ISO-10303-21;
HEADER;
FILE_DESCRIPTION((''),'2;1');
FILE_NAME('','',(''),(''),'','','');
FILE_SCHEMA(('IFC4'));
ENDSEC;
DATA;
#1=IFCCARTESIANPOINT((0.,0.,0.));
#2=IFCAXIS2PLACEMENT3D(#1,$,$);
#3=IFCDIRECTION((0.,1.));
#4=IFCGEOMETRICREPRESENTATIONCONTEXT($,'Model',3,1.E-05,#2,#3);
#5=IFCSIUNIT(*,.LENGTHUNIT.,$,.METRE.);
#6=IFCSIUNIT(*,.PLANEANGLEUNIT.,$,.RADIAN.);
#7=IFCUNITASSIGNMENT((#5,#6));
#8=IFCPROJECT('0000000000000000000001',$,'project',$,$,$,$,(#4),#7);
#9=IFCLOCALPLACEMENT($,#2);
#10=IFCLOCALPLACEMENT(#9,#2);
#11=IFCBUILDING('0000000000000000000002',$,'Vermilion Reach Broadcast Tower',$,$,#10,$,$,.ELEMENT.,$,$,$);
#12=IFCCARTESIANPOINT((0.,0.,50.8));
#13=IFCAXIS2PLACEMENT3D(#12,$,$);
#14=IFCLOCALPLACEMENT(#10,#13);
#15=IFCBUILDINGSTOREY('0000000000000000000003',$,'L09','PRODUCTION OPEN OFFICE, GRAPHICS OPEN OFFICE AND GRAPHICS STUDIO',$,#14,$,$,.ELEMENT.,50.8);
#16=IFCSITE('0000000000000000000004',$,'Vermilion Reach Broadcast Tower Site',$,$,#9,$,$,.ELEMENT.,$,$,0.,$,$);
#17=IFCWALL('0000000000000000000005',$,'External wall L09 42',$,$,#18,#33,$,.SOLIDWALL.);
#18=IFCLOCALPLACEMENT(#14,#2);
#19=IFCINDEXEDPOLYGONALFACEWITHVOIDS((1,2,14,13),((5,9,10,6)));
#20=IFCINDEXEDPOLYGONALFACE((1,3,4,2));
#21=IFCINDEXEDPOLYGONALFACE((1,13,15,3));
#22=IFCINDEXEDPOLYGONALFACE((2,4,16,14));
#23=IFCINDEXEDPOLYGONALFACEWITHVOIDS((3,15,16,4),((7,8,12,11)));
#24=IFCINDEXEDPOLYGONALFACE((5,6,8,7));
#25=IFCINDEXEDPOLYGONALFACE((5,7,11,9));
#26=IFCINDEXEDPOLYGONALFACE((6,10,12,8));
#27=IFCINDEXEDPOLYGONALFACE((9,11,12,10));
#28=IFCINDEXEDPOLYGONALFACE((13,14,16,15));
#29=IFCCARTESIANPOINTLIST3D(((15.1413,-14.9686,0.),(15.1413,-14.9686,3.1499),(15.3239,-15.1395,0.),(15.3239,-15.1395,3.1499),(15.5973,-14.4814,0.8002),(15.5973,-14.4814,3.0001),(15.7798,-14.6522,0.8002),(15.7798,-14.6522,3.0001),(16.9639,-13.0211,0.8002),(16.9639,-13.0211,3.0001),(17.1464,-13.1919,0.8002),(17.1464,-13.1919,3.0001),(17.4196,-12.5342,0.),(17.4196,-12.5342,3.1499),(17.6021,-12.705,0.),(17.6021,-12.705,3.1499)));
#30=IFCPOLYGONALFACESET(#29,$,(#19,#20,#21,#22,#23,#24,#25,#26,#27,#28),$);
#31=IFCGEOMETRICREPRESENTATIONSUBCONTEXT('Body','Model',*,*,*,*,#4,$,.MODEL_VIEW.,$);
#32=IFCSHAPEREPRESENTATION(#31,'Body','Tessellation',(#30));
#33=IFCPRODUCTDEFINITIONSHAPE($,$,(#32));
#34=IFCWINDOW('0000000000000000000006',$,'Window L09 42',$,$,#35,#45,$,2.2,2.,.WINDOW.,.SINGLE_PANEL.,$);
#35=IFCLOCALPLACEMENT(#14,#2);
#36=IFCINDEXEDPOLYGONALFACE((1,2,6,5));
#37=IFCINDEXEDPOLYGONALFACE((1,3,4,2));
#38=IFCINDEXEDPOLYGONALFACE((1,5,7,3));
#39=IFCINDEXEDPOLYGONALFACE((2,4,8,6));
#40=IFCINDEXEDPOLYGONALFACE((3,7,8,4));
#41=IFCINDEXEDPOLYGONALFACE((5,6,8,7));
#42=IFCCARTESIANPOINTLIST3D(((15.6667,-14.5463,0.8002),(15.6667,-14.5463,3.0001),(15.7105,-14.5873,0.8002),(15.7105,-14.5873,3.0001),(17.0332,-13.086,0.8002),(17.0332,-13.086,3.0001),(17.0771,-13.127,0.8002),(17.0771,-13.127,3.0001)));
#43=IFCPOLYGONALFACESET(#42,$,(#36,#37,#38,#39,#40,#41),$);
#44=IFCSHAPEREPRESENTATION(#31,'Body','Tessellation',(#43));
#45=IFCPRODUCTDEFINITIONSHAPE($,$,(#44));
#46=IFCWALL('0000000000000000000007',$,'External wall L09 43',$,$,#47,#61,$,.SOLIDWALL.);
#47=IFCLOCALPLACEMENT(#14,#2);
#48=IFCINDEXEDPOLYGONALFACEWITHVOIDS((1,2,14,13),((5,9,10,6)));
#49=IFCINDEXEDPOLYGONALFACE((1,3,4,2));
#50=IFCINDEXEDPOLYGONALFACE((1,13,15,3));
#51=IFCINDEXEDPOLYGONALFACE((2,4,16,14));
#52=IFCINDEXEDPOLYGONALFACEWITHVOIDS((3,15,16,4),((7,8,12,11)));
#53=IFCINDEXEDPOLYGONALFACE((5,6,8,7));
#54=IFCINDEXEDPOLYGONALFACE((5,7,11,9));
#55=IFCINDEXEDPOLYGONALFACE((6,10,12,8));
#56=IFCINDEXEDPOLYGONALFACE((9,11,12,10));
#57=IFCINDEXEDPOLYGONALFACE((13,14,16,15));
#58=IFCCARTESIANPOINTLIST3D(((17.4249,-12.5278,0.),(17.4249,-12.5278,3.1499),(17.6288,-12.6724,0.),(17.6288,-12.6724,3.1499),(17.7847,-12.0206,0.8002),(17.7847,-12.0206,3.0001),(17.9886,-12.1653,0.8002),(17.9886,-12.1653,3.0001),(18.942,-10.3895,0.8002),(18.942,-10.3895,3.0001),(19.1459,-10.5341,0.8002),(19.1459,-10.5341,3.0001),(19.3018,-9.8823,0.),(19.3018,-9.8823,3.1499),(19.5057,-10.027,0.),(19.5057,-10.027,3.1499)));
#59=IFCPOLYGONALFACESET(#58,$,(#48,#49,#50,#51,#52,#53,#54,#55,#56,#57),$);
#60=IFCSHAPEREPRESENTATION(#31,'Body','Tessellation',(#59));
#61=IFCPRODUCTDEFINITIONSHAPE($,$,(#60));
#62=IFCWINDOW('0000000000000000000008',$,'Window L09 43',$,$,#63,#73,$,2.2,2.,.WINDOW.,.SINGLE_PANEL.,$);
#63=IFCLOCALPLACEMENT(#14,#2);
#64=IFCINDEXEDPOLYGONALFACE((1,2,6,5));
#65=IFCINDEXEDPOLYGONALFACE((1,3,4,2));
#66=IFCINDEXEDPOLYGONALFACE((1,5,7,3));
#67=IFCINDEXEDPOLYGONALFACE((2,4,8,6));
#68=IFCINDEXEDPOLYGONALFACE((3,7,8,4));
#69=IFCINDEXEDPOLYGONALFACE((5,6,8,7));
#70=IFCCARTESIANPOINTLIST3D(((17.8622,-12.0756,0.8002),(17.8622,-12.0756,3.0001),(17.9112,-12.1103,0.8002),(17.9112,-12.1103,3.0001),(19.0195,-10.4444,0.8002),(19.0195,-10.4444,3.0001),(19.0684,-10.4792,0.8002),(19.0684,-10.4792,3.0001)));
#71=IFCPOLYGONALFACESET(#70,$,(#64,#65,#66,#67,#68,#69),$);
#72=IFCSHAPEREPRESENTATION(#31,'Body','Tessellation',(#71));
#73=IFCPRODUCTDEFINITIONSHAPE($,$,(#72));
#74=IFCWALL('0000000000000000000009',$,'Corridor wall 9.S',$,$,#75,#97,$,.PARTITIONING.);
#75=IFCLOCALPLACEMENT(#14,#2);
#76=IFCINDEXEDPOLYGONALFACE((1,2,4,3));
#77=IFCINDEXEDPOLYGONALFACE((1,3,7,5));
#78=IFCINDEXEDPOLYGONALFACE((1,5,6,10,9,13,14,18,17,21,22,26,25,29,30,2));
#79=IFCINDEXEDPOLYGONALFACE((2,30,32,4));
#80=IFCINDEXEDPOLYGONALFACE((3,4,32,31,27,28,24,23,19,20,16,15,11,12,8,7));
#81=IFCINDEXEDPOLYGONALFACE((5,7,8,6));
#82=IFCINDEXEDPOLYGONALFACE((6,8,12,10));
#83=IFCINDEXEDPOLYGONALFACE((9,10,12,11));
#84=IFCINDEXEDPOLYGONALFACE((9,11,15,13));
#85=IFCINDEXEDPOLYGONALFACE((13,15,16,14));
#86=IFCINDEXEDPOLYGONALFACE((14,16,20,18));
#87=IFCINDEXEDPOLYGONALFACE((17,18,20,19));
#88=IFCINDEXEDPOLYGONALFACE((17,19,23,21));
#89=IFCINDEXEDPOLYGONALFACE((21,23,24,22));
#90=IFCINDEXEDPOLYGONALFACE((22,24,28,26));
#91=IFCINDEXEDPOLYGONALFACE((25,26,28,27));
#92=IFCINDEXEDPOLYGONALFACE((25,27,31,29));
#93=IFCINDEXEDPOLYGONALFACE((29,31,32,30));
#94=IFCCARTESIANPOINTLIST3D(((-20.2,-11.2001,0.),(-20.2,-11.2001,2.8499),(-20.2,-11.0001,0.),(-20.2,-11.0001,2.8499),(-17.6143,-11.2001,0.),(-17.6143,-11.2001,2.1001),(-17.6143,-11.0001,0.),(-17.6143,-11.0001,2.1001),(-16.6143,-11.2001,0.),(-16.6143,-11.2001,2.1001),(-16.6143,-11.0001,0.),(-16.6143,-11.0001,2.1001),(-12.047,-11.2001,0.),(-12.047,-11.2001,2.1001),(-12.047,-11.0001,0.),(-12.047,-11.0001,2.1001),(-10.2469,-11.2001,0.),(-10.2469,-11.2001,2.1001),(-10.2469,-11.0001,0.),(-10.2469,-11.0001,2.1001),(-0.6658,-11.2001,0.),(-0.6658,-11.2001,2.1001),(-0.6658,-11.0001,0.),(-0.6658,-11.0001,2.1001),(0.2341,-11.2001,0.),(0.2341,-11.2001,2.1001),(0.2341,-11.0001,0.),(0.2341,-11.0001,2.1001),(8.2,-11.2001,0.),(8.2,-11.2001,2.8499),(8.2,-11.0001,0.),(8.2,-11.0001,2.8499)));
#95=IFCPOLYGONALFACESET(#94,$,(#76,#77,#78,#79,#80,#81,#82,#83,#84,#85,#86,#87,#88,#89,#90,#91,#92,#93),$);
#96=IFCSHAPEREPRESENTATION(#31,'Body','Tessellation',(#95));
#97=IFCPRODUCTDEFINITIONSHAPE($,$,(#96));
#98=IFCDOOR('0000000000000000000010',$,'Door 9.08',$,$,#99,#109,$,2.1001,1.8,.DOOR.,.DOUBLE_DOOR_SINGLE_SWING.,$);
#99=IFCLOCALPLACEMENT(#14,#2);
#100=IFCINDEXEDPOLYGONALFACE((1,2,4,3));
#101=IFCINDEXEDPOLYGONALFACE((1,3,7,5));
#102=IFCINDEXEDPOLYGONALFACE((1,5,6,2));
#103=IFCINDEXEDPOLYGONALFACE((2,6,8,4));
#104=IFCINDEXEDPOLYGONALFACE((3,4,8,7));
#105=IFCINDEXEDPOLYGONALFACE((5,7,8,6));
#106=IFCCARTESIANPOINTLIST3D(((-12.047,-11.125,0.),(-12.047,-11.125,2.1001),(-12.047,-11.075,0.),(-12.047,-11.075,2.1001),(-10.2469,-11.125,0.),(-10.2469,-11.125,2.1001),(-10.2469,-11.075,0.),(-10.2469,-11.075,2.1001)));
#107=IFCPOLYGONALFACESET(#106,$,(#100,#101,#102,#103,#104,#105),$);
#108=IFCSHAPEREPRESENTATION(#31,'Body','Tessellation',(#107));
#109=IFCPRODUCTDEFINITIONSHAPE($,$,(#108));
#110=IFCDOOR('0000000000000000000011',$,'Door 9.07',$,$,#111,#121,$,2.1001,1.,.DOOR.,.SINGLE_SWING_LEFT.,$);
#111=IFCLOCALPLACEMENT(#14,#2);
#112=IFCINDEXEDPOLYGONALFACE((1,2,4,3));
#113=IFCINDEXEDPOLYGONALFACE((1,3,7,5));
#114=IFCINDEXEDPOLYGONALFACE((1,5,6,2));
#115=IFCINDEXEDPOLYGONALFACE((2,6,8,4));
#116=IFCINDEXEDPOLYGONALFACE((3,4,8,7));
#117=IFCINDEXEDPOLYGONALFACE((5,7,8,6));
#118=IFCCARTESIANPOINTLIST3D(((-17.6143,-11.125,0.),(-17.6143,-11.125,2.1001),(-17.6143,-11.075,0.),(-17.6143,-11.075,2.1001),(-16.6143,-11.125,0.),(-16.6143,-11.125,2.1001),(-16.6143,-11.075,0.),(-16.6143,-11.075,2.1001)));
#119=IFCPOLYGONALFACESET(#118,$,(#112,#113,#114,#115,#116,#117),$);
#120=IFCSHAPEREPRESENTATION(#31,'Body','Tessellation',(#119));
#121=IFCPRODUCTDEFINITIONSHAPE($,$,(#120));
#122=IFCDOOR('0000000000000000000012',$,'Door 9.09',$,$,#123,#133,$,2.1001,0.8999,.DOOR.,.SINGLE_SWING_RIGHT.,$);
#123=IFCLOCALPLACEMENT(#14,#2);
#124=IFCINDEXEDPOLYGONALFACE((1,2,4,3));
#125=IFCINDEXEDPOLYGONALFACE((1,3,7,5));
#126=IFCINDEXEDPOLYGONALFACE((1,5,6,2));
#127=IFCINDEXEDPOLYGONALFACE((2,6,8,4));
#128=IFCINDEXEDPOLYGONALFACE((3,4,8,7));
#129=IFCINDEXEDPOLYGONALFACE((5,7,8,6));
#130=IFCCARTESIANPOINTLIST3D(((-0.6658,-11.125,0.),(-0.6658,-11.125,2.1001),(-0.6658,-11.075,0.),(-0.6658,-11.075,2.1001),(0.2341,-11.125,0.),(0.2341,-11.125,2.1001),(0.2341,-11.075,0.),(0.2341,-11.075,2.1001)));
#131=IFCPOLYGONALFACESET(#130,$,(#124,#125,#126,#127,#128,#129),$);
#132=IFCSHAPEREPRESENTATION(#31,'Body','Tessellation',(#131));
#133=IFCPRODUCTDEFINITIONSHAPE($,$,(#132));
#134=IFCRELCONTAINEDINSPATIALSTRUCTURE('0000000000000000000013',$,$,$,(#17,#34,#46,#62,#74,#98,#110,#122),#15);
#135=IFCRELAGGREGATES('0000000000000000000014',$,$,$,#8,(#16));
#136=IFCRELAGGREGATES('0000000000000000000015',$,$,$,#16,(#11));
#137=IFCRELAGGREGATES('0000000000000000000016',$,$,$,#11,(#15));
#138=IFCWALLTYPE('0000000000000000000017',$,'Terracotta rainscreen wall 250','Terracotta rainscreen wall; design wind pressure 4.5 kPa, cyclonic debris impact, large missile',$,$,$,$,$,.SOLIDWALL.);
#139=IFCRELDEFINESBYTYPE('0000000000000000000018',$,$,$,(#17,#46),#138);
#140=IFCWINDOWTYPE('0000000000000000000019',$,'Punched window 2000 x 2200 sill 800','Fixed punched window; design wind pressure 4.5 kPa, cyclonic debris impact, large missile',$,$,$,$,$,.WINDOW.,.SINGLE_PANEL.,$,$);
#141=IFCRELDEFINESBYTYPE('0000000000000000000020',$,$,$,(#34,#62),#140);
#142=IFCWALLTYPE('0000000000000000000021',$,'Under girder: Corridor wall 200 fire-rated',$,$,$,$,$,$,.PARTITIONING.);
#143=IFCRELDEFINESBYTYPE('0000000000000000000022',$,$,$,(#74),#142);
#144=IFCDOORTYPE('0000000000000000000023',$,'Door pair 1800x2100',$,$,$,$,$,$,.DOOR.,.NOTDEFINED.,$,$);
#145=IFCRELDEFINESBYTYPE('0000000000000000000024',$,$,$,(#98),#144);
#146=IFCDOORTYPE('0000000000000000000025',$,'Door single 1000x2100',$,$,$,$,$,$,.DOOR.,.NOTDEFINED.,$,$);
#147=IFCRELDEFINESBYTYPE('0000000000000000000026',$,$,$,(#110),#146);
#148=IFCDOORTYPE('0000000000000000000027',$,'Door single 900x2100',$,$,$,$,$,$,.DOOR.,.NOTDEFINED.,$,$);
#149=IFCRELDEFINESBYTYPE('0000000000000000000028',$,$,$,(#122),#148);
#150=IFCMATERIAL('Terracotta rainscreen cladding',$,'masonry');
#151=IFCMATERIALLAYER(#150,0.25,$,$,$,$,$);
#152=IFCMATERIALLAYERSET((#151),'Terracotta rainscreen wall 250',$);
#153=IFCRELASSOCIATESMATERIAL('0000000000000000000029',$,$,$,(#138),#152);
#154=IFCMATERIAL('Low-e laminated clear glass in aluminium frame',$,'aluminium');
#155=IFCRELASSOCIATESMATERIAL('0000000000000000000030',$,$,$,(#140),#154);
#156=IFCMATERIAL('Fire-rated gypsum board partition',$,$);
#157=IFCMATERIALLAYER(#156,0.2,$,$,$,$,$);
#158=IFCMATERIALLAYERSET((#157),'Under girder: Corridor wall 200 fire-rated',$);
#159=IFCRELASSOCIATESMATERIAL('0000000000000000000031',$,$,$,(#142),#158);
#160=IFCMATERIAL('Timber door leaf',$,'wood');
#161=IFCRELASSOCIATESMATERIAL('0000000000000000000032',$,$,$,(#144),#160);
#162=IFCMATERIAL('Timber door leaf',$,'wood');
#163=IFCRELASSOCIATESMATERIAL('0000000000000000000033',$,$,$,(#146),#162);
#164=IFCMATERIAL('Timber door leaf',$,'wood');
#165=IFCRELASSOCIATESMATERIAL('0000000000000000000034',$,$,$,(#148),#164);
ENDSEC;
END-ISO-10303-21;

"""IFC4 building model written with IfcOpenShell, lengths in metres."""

from ifc_helpers import new_model, si_unit, direction, frame, frame_2d, origin, place, context, subcontext, project, spatial, rectangle, extrude, material, layer, layer_set, type_object, element, fill, save


model = new_model("IFC4")

# Units and contexts
model_context = context("Model", 3, precision=1e-05, world=origin(), true_north=direction((0.0, 1.0)))
body_context = subcontext(model_context, "Body", "Model", "MODEL_VIEW")
ifc_project = project(units=[si_unit("LENGTHUNIT", "METRE"), si_unit("PLANEANGLEUNIT", "RADIAN")], contexts=[model_context])

# Site, building, storey
site_placement = place(None, origin())
site = spatial("IfcSite", under=ifc_project, at=site_placement, Name="Vermilion Reach Broadcast Tower Site", CompositionType="ELEMENT", RefElevation=0.0)
building_placement = place(site_placement, origin())
building = spatial("IfcBuilding", under=site, at=building_placement, Name="Vermilion Reach Broadcast Tower", CompositionType="ELEMENT")
storey_placement = place(building_placement, frame((0.0, 0.0, 50.8)))
storey = spatial("IfcBuildingStorey", under=building, at=storey_placement, Name="L09", Description="PRODUCTION OPEN OFFICE, GRAPHICS OPEN OFFICE AND GRAPHICS STUDIO", CompositionType="ELEMENT", Elevation=50.8)

# Shared definitions
ifc_material_1 = material(Name="Terracotta rainscreen cladding", Category="masonry")
ifc_layer_1 = layer(ifc_material_1, 0.25)
ifc_layer_set_1 = layer_set([ifc_layer_1], Name="Terracotta rainscreen wall 250")
wall_type_1 = type_object("IfcWallType", Name="Terracotta rainscreen wall 250", Description="Terracotta rainscreen wall; design wind pressure 4.5 kPa, cyclonic debris impact, large missile", PredefinedType="SOLIDWALL", material=ifc_layer_set_1)
ifc_material_2 = material(Name="Low-e laminated clear glass in aluminium frame", Category="aluminium")
window_type = type_object("IfcWindowType", Name="Punched window 2000 x 2200 sill 800", Description="Fixed punched window; design wind pressure 4.5 kPa, cyclonic debris impact, large missile", PartitioningType="SINGLE_PANEL", PredefinedType="WINDOW", material=ifc_material_2)

# Walls, openings, windows
wall_1_placement = place(storey_placement, frame((15.2327, -15.054, 0.0), z_axis=(0.0, 0.0, 1.0), x_axis=(0.683288, 0.730149, 0.0)))
wall_1 = element("IfcWall", 1, at=wall_1_placement, inside=storey, type_object=wall_type_1, Name="External wall L09 42", PredefinedType="SOLIDWALL", context=body_context, shape_type="SweptSolid", body=[
    extrude(rectangle(XDim=3.3342, YDim=0.25, at=frame_2d((1.667, 0.0))), origin(), (0.0, 0.0, 1.0), 3.1499),
])
opening_1_placement = place(wall_1_placement, frame((0.6672, 0.0, 0.8)))
opening_1 = element("IfcOpeningElement", 2, at=opening_1_placement, cuts=wall_1, PredefinedType="OPENING", context=body_context, shape_type="SweptSolid", body=[
    extrude(rectangle(XDim=2.0, YDim=2.2, at=frame_2d((1.0, 1.1001))), frame((0.0, 0.135, 0.0), z_axis=(0.0, -1.0, 0.0), x_axis=(1.0, 0.0, 0.0)), (0.0, 0.0, 1.0), 0.27),
])
window_1_placement = place(opening_1_placement, origin())
window_1 = element("IfcWindow", 3, at=window_1_placement, inside=storey, type_object=window_type, Name="Window L09 42", OverallHeight=2.2, OverallWidth=2.0, PartitioningType="SINGLE_PANEL", PredefinedType="WINDOW", context=body_context, shape_type="SweptSolid", body=[
    extrude(rectangle(XDim=2.0, YDim=2.2, at=frame_2d((1.0, 1.1001))), frame((0.0, 0.03, 0.0), z_axis=(0.0, -1.0, 0.0), x_axis=(1.0, 0.0, 0.0)), (0.0, 0.0, 1.0), 0.0601),
])
fill(opening_1, window_1)
wall_2_placement = place(storey_placement, frame((17.5269, -12.6001, 0.0), z_axis=(0.0, 0.0, 1.0), x_axis=(0.578644, 0.81558, 0.0)))
wall_2 = element("IfcWall", 4, at=wall_2_placement, inside=storey, type_object=wall_type_1, Name="External wall L09 43", PredefinedType="SOLIDWALL", context=body_context, shape_type="SweptSolid", body=[
    extrude(rectangle(XDim=3.2437, YDim=0.25, at=frame_2d((1.6218, 0.0))), origin(), (0.0, 0.0, 1.0), 3.1499),
])
opening_2_placement = place(wall_2_placement, frame((0.6218, 0.0, 0.8)))
opening_2 = element("IfcOpeningElement", 5, at=opening_2_placement, cuts=wall_2, PredefinedType="OPENING", context=body_context, shape_type="SweptSolid", body=[
    extrude(rectangle(XDim=2.0, YDim=2.2, at=frame_2d((1.0, 1.1001))), frame((0.0, 0.135, 0.0), z_axis=(0.0, -1.0, 0.0), x_axis=(1.0, 0.0, 0.0)), (0.0, 0.0, 1.0), 0.27),
])
window_2_placement = place(opening_2_placement, origin())
window_2 = element("IfcWindow", 6, at=window_2_placement, inside=storey, type_object=window_type, Name="Window L09 43", OverallHeight=2.2, OverallWidth=2.0, PartitioningType="SINGLE_PANEL", PredefinedType="WINDOW", context=body_context, shape_type="SweptSolid", body=[
    extrude(rectangle(XDim=2.0, YDim=2.2, at=frame_2d((1.0, 1.1001))), frame((0.0, 0.03, 0.0), z_axis=(0.0, -1.0, 0.0), x_axis=(1.0, 0.0, 0.0)), (0.0, 0.0, 1.0), 0.0601),
])
fill(opening_2, window_2)

# Wall, openings, doors
ifc_material_3 = material(Name="Fire-rated gypsum board partition")
ifc_layer_2 = layer(ifc_material_3, 0.2)
ifc_layer_set_2 = layer_set([ifc_layer_2], Name="Under girder: Corridor wall 200 fire-rated")
wall_type_2 = type_object("IfcWallType", Name="Under girder: Corridor wall 200 fire-rated", PredefinedType="PARTITIONING", material=ifc_layer_set_2)
wall_3_placement = place(storey_placement, frame((8.2, -11.1001, 0.0), z_axis=(0.0, 0.0, 1.0), x_axis=(-1.0, 0.0, 0.0)))
wall_3 = element("IfcWall", 7, at=wall_3_placement, inside=storey, type_object=wall_type_2, Name="Corridor wall 9.S", PredefinedType="PARTITIONING", context=body_context, shape_type="SweptSolid", body=[
    extrude(rectangle(XDim=28.3999, YDim=0.2, at=frame_2d((14.2, 0.0))), origin(), (0.0, 0.0, 1.0), 2.8499),
])
opening_3_placement = place(wall_3_placement, frame((24.8142, 0.0, 0.0)))
opening_3 = element("IfcOpeningElement", 8, at=opening_3_placement, cuts=wall_3, PredefinedType="OPENING", context=body_context, shape_type="SweptSolid", body=[
    extrude(rectangle(XDim=1.0, YDim=2.1001, at=frame_2d((0.5, 1.05))), frame((0.0, 0.1099, 0.0), z_axis=(0.0, -1.0, 0.0), x_axis=(1.0, 0.0, 0.0)), (0.0, 0.0, 1.0), 0.22),
])
opening_4_placement = place(wall_3_placement, frame((18.447, 0.0, 0.0)))
opening_4 = element("IfcOpeningElement", 9, at=opening_4_placement, cuts=wall_3, PredefinedType="OPENING", context=body_context, shape_type="SweptSolid", body=[
    extrude(rectangle(XDim=1.8, YDim=2.1001, at=frame_2d((0.8999, 1.05))), frame((0.0, 0.1099, 0.0), z_axis=(0.0, -1.0, 0.0), x_axis=(1.0, 0.0, 0.0)), (0.0, 0.0, 1.0), 0.22),
])
opening_5_placement = place(wall_3_placement, frame((7.9658, 0.0, 0.0)))
opening_5 = element("IfcOpeningElement", 10, at=opening_5_placement, cuts=wall_3, PredefinedType="OPENING", context=body_context, shape_type="SweptSolid", body=[
    extrude(rectangle(XDim=0.8999, YDim=2.1001, at=frame_2d((0.45, 1.05))), frame((0.0, 0.1099, 0.0), z_axis=(0.0, -1.0, 0.0), x_axis=(1.0, 0.0, 0.0)), (0.0, 0.0, 1.0), 0.22),
])
ifc_material_4 = material(Name="Timber door leaf", Category="wood")
door_type_1 = type_object("IfcDoorType", Name="Door pair 1800x2100", OperationType="NOTDEFINED", PredefinedType="DOOR", material=ifc_material_4)
door_1_placement = place(opening_4_placement, origin())
door_1 = element("IfcDoor", 11, at=door_1_placement, inside=storey, type_object=door_type_1, Name="Door 9.08", OperationType="DOUBLE_DOOR_SINGLE_SWING", OverallHeight=2.1001, OverallWidth=1.8, PredefinedType="DOOR", context=body_context, shape_type="SweptSolid", body=[
    extrude(rectangle(XDim=1.8, YDim=2.1001, at=frame_2d((0.8999, 1.05))), frame((0.0, 0.0249, 0.0), z_axis=(0.0, -1.0, 0.0), x_axis=(1.0, 0.0, 0.0)), (0.0, 0.0, 1.0), 0.05),
])
fill(opening_4, door_1)
ifc_material_5 = material(Name="Timber door leaf", Category="wood")
door_type_2 = type_object("IfcDoorType", Name="Door single 1000x2100", OperationType="NOTDEFINED", PredefinedType="DOOR", material=ifc_material_5)
door_2_placement = place(opening_3_placement, origin())
door_2 = element("IfcDoor", 12, at=door_2_placement, inside=storey, type_object=door_type_2, Name="Door 9.07", OperationType="SINGLE_SWING_LEFT", OverallHeight=2.1001, OverallWidth=1.0, PredefinedType="DOOR", context=body_context, shape_type="SweptSolid", body=[
    extrude(rectangle(XDim=1.0, YDim=2.1001, at=frame_2d((0.5, 1.05))), frame((0.0, 0.0249, 0.0), z_axis=(0.0, -1.0, 0.0), x_axis=(1.0, 0.0, 0.0)), (0.0, 0.0, 1.0), 0.05),
])
fill(opening_3, door_2)
ifc_material_6 = material(Name="Timber door leaf", Category="wood")
door_type_3 = type_object("IfcDoorType", Name="Door single 900x2100", OperationType="NOTDEFINED", PredefinedType="DOOR", material=ifc_material_6)
door_3_placement = place(opening_5_placement, origin())
door_3 = element("IfcDoor", 13, at=door_3_placement, inside=storey, type_object=door_type_3, Name="Door 9.09", OperationType="SINGLE_SWING_RIGHT", OverallHeight=2.1001, OverallWidth=0.8999, PredefinedType="DOOR", context=body_context, shape_type="SweptSolid", body=[
    extrude(rectangle(XDim=0.8999, YDim=2.1001, at=frame_2d((0.45, 1.05))), frame((0.0, 0.0249, 0.0), z_axis=(0.0, -1.0, 0.0), x_axis=(1.0, 0.0, 0.0)), (0.0, 0.0, 1.0), 0.05),
])
fill(opening_5, door_3)

save(model, "model.ifc")
